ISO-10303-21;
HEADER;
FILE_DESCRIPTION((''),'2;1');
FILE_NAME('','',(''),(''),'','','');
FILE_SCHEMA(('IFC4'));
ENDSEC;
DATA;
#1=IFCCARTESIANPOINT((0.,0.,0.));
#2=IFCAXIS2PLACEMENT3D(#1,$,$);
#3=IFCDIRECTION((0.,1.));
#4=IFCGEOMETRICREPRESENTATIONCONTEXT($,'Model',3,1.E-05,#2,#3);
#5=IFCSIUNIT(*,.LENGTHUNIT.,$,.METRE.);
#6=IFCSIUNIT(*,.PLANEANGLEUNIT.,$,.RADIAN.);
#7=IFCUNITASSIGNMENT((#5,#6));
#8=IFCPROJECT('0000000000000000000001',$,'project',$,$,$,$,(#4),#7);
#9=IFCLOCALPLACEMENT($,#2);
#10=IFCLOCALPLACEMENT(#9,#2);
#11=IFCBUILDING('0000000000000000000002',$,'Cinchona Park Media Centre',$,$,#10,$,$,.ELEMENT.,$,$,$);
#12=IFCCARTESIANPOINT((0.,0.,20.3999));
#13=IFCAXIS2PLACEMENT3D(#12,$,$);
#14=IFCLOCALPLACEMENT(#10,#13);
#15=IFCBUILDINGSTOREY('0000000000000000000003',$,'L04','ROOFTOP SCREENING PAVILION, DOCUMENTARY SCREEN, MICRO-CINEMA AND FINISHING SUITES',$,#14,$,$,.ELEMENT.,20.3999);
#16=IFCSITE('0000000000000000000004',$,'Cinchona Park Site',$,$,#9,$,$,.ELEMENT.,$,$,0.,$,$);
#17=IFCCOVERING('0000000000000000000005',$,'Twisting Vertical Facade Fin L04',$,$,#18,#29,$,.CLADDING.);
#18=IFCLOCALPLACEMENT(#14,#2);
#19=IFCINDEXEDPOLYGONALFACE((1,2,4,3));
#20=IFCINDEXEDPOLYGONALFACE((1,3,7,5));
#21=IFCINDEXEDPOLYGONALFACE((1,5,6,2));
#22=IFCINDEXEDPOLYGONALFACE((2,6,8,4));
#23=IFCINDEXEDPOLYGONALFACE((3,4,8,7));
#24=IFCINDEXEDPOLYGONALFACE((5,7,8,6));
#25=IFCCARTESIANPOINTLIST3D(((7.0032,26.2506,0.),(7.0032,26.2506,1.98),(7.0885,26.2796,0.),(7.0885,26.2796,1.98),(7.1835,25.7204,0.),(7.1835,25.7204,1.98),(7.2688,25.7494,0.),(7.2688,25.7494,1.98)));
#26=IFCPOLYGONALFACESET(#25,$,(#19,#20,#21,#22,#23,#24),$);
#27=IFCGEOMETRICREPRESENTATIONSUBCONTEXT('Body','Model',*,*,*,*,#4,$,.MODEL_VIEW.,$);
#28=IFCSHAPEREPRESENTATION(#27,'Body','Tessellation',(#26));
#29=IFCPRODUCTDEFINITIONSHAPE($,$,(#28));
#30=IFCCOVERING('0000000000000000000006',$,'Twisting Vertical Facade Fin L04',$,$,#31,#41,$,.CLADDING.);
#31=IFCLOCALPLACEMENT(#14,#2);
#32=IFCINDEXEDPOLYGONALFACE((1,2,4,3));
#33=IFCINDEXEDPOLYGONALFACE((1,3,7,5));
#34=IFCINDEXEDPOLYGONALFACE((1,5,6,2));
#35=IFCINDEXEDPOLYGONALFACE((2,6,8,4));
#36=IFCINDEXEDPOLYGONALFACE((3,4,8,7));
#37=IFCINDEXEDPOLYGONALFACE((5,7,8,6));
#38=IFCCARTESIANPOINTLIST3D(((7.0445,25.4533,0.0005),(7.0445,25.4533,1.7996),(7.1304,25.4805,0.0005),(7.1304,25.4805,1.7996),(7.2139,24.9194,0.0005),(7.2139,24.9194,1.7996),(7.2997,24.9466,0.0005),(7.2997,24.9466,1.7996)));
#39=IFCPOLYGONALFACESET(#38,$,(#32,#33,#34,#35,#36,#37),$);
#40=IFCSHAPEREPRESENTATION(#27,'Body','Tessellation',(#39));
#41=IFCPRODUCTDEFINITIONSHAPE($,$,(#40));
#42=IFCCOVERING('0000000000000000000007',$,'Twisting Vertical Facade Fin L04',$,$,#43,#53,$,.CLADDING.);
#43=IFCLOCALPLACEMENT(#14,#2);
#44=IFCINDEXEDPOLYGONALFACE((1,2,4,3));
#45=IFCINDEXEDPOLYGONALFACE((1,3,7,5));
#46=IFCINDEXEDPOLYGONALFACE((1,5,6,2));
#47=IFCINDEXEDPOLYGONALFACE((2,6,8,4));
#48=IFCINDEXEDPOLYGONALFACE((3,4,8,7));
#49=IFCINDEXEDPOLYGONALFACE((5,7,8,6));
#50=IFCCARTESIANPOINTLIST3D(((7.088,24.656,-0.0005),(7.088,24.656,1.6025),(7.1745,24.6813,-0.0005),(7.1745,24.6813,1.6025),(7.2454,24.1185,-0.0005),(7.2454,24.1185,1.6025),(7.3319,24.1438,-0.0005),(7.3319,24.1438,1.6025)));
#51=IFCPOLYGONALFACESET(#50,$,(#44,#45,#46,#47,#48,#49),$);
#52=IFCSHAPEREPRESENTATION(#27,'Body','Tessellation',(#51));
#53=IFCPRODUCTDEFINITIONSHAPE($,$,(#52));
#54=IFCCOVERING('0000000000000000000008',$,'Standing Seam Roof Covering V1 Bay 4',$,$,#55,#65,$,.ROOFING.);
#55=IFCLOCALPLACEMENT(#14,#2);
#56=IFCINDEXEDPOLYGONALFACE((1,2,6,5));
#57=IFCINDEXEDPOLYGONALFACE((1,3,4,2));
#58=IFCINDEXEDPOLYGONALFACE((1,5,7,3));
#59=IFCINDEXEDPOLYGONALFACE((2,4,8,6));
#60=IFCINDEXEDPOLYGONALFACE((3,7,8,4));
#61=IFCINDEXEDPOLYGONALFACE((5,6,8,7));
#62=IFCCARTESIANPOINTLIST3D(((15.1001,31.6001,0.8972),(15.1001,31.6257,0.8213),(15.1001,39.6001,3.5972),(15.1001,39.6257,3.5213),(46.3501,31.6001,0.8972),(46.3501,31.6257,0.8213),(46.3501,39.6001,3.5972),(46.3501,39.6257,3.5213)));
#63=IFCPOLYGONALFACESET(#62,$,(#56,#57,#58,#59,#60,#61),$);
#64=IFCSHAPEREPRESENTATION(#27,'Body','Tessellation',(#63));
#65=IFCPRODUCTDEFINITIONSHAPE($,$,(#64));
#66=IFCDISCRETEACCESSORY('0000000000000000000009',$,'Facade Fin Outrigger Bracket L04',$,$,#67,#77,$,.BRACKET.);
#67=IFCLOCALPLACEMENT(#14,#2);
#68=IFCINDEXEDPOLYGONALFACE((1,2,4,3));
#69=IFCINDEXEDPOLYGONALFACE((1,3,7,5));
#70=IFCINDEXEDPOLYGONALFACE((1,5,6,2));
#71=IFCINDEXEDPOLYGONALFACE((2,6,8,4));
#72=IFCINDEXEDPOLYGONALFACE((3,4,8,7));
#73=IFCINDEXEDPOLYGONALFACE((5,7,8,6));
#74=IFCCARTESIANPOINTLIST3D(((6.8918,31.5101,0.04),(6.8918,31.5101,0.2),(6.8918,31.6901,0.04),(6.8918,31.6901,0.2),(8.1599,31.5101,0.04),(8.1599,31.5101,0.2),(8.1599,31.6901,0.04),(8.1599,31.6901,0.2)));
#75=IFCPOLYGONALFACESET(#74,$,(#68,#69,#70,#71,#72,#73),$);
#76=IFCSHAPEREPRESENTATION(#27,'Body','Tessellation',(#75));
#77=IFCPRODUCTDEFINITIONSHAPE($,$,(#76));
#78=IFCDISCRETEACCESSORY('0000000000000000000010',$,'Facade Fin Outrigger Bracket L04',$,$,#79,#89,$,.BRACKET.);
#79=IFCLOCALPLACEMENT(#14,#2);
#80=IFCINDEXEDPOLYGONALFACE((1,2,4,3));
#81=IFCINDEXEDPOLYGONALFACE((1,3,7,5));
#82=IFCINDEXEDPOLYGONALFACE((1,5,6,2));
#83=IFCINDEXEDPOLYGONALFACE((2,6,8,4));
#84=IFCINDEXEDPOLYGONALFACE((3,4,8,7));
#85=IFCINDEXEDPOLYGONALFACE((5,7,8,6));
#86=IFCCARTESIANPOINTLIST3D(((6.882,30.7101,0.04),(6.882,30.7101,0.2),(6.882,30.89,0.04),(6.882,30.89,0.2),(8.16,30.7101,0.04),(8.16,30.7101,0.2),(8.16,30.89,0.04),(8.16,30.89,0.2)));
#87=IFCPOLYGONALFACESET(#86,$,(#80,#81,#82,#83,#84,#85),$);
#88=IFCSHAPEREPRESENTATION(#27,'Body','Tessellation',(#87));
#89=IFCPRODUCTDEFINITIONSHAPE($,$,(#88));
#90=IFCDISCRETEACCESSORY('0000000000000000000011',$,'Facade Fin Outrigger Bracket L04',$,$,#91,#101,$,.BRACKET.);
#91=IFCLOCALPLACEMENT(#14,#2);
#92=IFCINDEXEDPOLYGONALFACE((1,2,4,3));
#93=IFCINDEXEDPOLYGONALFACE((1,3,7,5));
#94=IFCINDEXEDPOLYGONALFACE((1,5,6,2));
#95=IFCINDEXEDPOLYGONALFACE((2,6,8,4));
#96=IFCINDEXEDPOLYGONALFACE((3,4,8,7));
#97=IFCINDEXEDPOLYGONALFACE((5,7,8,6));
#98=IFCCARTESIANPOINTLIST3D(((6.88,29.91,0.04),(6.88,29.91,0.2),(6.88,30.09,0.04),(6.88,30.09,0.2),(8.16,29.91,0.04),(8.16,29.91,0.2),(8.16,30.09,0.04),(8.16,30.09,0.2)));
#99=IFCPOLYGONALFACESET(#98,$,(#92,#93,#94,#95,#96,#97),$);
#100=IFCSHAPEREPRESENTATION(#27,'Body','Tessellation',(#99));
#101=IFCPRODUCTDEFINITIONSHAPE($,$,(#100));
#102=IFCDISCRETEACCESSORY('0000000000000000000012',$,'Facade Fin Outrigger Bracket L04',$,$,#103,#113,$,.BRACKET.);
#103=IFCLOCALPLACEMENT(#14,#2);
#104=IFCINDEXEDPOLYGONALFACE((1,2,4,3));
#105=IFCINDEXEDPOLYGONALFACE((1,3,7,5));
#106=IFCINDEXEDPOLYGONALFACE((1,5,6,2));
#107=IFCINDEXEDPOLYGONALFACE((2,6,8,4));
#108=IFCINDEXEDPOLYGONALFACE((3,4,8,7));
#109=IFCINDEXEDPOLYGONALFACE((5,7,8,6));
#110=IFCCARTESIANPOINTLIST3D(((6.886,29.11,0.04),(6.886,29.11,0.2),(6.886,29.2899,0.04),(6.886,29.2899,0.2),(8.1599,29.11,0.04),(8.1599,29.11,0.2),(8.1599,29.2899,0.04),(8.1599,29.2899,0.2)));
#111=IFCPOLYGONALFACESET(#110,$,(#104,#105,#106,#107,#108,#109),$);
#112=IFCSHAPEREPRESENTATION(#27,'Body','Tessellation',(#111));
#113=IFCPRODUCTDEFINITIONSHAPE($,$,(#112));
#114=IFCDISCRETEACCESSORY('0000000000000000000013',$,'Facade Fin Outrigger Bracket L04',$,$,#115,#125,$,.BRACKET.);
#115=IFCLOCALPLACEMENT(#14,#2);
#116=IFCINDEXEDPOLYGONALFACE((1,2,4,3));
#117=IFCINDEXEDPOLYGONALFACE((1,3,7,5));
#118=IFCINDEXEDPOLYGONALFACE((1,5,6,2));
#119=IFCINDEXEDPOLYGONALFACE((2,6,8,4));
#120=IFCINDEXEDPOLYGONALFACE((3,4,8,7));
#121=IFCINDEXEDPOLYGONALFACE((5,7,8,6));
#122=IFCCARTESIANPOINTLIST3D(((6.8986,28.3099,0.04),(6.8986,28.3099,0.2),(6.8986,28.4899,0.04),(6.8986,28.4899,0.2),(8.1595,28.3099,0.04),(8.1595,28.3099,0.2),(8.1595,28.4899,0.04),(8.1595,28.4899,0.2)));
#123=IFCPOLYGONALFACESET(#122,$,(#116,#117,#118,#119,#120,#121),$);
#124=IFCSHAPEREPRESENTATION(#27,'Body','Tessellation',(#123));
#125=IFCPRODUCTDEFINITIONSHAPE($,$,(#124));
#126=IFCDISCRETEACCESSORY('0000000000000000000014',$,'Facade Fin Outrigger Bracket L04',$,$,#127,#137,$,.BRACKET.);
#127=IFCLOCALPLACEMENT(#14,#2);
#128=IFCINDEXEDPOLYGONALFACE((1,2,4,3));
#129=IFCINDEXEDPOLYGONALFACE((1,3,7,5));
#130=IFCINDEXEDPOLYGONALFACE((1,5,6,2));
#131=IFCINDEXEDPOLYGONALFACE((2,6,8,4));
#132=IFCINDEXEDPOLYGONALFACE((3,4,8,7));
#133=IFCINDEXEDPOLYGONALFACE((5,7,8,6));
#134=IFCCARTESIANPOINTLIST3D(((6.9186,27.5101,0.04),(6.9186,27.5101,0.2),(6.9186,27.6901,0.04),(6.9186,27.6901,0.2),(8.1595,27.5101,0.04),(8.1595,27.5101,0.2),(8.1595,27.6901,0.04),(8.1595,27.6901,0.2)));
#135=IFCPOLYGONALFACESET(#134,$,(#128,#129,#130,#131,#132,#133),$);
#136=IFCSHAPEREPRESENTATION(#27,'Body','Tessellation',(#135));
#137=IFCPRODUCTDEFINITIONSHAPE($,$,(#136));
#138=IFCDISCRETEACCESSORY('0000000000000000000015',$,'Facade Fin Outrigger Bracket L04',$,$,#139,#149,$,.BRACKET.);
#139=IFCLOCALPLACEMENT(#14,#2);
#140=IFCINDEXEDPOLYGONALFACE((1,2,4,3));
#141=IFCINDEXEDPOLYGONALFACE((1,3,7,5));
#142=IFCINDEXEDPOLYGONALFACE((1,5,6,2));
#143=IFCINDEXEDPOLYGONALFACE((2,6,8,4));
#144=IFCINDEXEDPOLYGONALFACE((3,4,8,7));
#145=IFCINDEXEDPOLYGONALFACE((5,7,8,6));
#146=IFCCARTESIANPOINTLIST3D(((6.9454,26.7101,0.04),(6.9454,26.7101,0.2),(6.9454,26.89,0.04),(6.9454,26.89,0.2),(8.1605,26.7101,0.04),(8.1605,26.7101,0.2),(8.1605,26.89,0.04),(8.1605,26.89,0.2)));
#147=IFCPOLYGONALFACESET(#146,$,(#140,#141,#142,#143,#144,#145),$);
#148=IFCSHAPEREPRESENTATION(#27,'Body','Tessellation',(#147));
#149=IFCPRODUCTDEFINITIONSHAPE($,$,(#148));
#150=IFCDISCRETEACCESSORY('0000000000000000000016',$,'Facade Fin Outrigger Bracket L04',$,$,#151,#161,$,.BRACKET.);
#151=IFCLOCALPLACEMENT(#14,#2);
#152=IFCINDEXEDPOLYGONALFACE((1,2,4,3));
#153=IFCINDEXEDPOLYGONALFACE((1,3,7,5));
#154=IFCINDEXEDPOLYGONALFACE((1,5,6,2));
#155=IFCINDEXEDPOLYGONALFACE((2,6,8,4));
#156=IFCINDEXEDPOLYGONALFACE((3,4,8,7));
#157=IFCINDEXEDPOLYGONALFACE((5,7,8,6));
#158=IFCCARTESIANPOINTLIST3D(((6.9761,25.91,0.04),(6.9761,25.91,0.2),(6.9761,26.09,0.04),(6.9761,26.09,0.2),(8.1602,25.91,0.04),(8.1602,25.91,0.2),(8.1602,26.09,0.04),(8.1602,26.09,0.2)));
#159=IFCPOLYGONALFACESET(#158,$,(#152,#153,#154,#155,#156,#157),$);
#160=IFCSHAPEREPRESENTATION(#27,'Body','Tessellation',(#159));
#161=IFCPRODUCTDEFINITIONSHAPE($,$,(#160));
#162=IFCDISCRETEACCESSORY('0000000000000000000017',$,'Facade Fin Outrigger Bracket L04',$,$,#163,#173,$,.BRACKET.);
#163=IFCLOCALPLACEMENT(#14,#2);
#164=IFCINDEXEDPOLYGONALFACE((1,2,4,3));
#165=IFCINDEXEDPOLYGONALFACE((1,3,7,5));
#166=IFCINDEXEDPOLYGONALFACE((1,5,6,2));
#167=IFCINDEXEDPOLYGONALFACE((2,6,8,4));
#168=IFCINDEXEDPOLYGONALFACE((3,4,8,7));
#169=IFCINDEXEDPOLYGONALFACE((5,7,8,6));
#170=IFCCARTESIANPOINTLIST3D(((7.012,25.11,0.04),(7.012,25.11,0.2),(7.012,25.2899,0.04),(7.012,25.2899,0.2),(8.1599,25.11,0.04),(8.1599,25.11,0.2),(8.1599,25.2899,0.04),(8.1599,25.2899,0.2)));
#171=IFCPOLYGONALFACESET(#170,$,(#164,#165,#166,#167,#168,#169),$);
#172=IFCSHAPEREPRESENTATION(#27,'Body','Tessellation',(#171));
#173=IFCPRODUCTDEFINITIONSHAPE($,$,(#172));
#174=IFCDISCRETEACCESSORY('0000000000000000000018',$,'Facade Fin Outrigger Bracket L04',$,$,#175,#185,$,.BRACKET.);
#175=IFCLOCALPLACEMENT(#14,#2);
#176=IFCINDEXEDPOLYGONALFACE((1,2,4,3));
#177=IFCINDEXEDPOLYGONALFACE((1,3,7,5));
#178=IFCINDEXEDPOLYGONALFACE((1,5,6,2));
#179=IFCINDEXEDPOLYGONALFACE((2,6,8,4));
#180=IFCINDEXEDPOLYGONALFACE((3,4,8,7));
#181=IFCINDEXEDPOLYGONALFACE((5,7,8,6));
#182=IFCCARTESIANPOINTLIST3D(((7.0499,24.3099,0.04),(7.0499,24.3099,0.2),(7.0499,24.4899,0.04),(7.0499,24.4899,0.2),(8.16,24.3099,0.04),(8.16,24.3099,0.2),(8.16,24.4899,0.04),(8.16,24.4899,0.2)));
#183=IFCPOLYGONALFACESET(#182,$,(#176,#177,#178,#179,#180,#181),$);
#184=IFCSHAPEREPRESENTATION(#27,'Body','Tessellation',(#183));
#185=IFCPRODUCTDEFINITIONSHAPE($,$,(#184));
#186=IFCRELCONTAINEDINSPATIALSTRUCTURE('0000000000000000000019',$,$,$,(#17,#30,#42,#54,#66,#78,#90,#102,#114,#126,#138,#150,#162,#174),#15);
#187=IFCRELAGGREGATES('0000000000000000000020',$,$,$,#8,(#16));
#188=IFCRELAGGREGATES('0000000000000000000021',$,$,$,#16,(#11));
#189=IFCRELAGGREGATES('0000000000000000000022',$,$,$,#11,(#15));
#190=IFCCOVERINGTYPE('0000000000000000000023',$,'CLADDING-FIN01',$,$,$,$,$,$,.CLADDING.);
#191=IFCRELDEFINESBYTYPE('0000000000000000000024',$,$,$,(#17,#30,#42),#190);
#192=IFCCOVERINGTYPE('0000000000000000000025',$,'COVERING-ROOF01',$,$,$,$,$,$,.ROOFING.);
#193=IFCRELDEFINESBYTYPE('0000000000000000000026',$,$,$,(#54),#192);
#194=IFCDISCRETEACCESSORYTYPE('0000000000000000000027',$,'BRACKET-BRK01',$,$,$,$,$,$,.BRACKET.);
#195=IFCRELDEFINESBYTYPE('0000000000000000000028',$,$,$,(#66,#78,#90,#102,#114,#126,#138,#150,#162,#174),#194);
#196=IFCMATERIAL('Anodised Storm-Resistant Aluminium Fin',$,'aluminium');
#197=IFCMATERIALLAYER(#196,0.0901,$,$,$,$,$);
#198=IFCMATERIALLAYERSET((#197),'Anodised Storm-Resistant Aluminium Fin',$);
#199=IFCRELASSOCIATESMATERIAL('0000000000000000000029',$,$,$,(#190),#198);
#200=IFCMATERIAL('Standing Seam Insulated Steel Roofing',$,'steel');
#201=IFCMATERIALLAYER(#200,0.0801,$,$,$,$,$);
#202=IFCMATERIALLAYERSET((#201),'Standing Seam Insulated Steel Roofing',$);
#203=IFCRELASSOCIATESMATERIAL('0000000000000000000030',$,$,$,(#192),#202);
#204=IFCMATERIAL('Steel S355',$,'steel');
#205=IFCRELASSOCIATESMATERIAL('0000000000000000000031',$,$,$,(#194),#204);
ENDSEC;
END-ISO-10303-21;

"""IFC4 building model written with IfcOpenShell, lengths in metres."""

from ifc_helpers import new_model, si_unit, direction, frame, origin, origin_2d, place, context, subcontext, project, spatial, polyline, rectangle, outline, extrude, material, layer, layer_set, type_object, element, save


model = new_model("IFC4")

# Units and contexts
model_context = context("Model", 3, precision=1e-05, world=origin(), true_north=direction((0.0, 1.0)))
body_context = subcontext(model_context, "Body", "Model", "MODEL_VIEW")
ifc_project = project(units=[si_unit("LENGTHUNIT", "METRE"), si_unit("PLANEANGLEUNIT", "RADIAN")], contexts=[model_context])

# Site, building, storey
site_placement = place(None, origin())
site = spatial("IfcSite", under=ifc_project, at=site_placement, Name="Cinchona Park Site", CompositionType="ELEMENT", RefElevation=0.0)
building_placement = place(site_placement, origin())
building = spatial("IfcBuilding", under=site, at=building_placement, Name="Cinchona Park Media Centre", CompositionType="ELEMENT")
storey_placement = place(building_placement, frame((0.0, 0.0, 20.3999)))
storey = spatial("IfcBuildingStorey", under=building, at=storey_placement, Name="L04", Description="ROOFTOP SCREENING PAVILION, DOCUMENTARY SCREEN, MICRO-CINEMA AND FINISHING SUITES", CompositionType="ELEMENT", Elevation=20.3999)

# Coverings
ifc_material_1 = material(Name="Anodised Storm-Resistant Aluminium Fin", Category="aluminium")
ifc_layer_1 = layer(ifc_material_1, 0.0901)
ifc_layer_set_1 = layer_set([ifc_layer_1], Name="Anodised Storm-Resistant Aluminium Fin")
covering_type_1 = type_object("IfcCoveringType", Name="CLADDING-FIN01", PredefinedType="CLADDING", material=ifc_layer_set_1)
covering_1_placement = place(storey_placement, frame((7.136, 26.0, 0.0), z_axis=(0.0, 0.0, 1.0), x_axis=(0.321935, -0.946762, 0.0)))
element("IfcCovering", 1, at=covering_1_placement, inside=storey, type_object=covering_type_1, Name="Twisting Vertical Facade Fin L04", PredefinedType="CLADDING", context=body_context, shape_type="SweptSolid", body=[
    extrude(rectangle(XDim=0.5601, YDim=0.0901, at=origin_2d()), origin(), (0.0, 0.0, 1.0), 1.98),
])
covering_2_placement = place(storey_placement, frame((7.1721, 25.2, 0.0005), z_axis=(0.0, 0.0, 1.0), x_axis=(0.30237, -0.953191, 0.0)))
element("IfcCovering", 2, at=covering_2_placement, inside=storey, type_object=covering_type_1, Name="Twisting Vertical Facade Fin L04", PredefinedType="CLADDING", context=body_context, shape_type="SweptSolid", body=[
    extrude(rectangle(XDim=0.5601, YDim=0.0901, at=origin_2d()), origin(), (0.0, 0.0, 1.0), 1.7991),
])
covering_3_placement = place(storey_placement, frame((7.21, 24.3999, -0.0005), z_axis=(0.0, 0.0, 1.0), x_axis=(0.281002, -0.959707, 0.0)))
element("IfcCovering", 3, at=covering_3_placement, inside=storey, type_object=covering_type_1, Name="Twisting Vertical Facade Fin L04", PredefinedType="CLADDING", context=body_context, shape_type="SweptSolid", body=[
    extrude(rectangle(XDim=0.5601, YDim=0.0901, at=origin_2d()), origin(), (0.0, 0.0, 1.0), 1.603),
])
ifc_material_2 = material(Name="Standing Seam Insulated Steel Roofing", Category="steel")
ifc_layer_2 = layer(ifc_material_2, 0.0801)
ifc_layer_set_2 = layer_set([ifc_layer_2], Name="Standing Seam Insulated Steel Roofing")
covering_type_2 = type_object("IfcCoveringType", Name="COVERING-ROOF01", PredefinedType="ROOFING", material=ifc_layer_set_2)
covering_4_placement = place(storey_placement, frame((15.1001, 31.6001, 0.8972), z_axis=(0.0, -0.319773, 0.947494), x_axis=(1.0, 0.0, 0.0)))
element("IfcCovering", 4, at=covering_4_placement, inside=storey, type_object=covering_type_2, Name="Standing Seam Roof Covering V1 Bay 4", PredefinedType="ROOFING", context=body_context, shape_type="SweptSolid", body=[
    extrude(outline(polyline([(0.0, 0.0), (31.25, 0.0), (31.25, 8.4433), (0.0, 8.4433), (0.0, 0.0)])), origin(), (0.0, 0.0, -1.0), 0.0801),
])

# Discrete accessories
ifc_material_3 = material(Name="Steel S355", Category="steel")
discrete_accessory_type = type_object("IfcDiscreteAccessoryType", Name="BRACKET-BRK01", PredefinedType="BRACKET", material=ifc_material_3)
discrete_accessory_1_placement = place(storey_placement, frame((7.5259, 31.6001, 0.04), z_axis=(0.0, 0.0, 1.0), x_axis=(0.0, -1.0, 0.0)))
element("IfcDiscreteAccessory", 5, at=discrete_accessory_1_placement, inside=storey, type_object=discrete_accessory_type, Name="Facade Fin Outrigger Bracket L04", PredefinedType="BRACKET", context=body_context, shape_type="SweptSolid", body=[
    extrude(rectangle(XDim=0.1799, YDim=1.2681, at=origin_2d()), origin(), (0.0, 0.0, 1.0), 0.1599),
])
discrete_accessory_2_placement = place(storey_placement, frame((7.521, 30.8, 0.04), z_axis=(0.0, 0.0, 1.0), x_axis=(0.0, -1.0, 0.0)))
element("IfcDiscreteAccessory", 6, at=discrete_accessory_2_placement, inside=storey, type_object=discrete_accessory_type, Name="Facade Fin Outrigger Bracket L04", PredefinedType="BRACKET", context=body_context, shape_type="SweptSolid", body=[
    extrude(rectangle(XDim=0.1799, YDim=1.2781, at=origin_2d()), origin(), (0.0, 0.0, 1.0), 0.1599),
])
discrete_accessory_3_placement = place(storey_placement, frame((7.52, 30.0, 0.04), z_axis=(0.0, 0.0, 1.0), x_axis=(0.0, -1.0, 0.0)))
element("IfcDiscreteAccessory", 7, at=discrete_accessory_3_placement, inside=storey, type_object=discrete_accessory_type, Name="Facade Fin Outrigger Bracket L04", PredefinedType="BRACKET", context=body_context, shape_type="SweptSolid", body=[
    extrude(rectangle(XDim=0.1799, YDim=1.28, at=origin_2d()), origin(), (0.0, 0.0, 1.0), 0.1599),
])
discrete_accessory_4_placement = place(storey_placement, frame((7.5229, 29.2, 0.04), z_axis=(0.0, 0.0, 1.0), x_axis=(0.0, -1.0, 0.0)))
element("IfcDiscreteAccessory", 8, at=discrete_accessory_4_placement, inside=storey, type_object=discrete_accessory_type, Name="Facade Fin Outrigger Bracket L04", PredefinedType="BRACKET", context=body_context, shape_type="SweptSolid", body=[
    extrude(rectangle(XDim=0.1799, YDim=1.2739, at=origin_2d()), origin(), (0.0, 0.0, 1.0), 0.1599),
])
discrete_accessory_5_placement = place(storey_placement, frame((7.5291, 28.3999, 0.04), z_axis=(0.0, 0.0, 1.0), x_axis=(0.0, -1.0, 0.0)))
element("IfcDiscreteAccessory", 9, at=discrete_accessory_5_placement, inside=storey, type_object=discrete_accessory_type, Name="Facade Fin Outrigger Bracket L04", PredefinedType="BRACKET", context=body_context, shape_type="SweptSolid", body=[
    extrude(rectangle(XDim=0.1799, YDim=1.261, at=origin_2d()), origin(), (0.0, 0.0, 1.0), 0.1599),
])
discrete_accessory_6_placement = place(storey_placement, frame((7.5391, 27.6001, 0.04), z_axis=(0.0, 0.0, 1.0), x_axis=(0.0, -1.0, 0.0)))
element("IfcDiscreteAccessory", 10, at=discrete_accessory_6_placement, inside=storey, type_object=discrete_accessory_type, Name="Facade Fin Outrigger Bracket L04", PredefinedType="BRACKET", context=body_context, shape_type="SweptSolid", body=[
    extrude(rectangle(XDim=0.1799, YDim=1.241, at=origin_2d()), origin(), (0.0, 0.0, 1.0), 0.1599),
])
discrete_accessory_7_placement = place(storey_placement, frame((7.553, 26.8, 0.04), z_axis=(0.0, 0.0, 1.0), x_axis=(0.0, -1.0, 0.0)))
element("IfcDiscreteAccessory", 11, at=discrete_accessory_7_placement, inside=storey, type_object=discrete_accessory_type, Name="Facade Fin Outrigger Bracket L04", PredefinedType="BRACKET", context=body_context, shape_type="SweptSolid", body=[
    extrude(rectangle(XDim=0.1799, YDim=1.2151, at=origin_2d()), origin(), (0.0, 0.0, 1.0), 0.1599),
])
discrete_accessory_8_placement = place(storey_placement, frame((7.5681, 26.0, 0.04), z_axis=(0.0, 0.0, 1.0), x_axis=(0.0, -1.0, 0.0)))
element("IfcDiscreteAccessory", 12, at=discrete_accessory_8_placement, inside=storey, type_object=discrete_accessory_type, Name="Facade Fin Outrigger Bracket L04", PredefinedType="BRACKET", context=body_context, shape_type="SweptSolid", body=[
    extrude(rectangle(XDim=0.1799, YDim=1.1841, at=origin_2d()), origin(), (0.0, 0.0, 1.0), 0.1599),
])
discrete_accessory_9_placement = place(storey_placement, frame((7.5859, 25.2, 0.04), z_axis=(0.0, 0.0, 1.0), x_axis=(0.0, -1.0, 0.0)))
element("IfcDiscreteAccessory", 13, at=discrete_accessory_9_placement, inside=storey, type_object=discrete_accessory_type, Name="Facade Fin Outrigger Bracket L04", PredefinedType="BRACKET", context=body_context, shape_type="SweptSolid", body=[
    extrude(rectangle(XDim=0.1799, YDim=1.1479, at=origin_2d()), origin(), (0.0, 0.0, 1.0), 0.1599),
])
discrete_accessory_10_placement = place(storey_placement, frame((7.605, 24.3999, 0.04), z_axis=(0.0, 0.0, 1.0), x_axis=(0.0, -1.0, 0.0)))
element("IfcDiscreteAccessory", 14, at=discrete_accessory_10_placement, inside=storey, type_object=discrete_accessory_type, Name="Facade Fin Outrigger Bracket L04", PredefinedType="BRACKET", context=body_context, shape_type="SweptSolid", body=[
    extrude(rectangle(XDim=0.1799, YDim=1.1101, at=origin_2d()), origin(), (0.0, 0.0, 1.0), 0.1599),
])

save(model, "model.ifc")
